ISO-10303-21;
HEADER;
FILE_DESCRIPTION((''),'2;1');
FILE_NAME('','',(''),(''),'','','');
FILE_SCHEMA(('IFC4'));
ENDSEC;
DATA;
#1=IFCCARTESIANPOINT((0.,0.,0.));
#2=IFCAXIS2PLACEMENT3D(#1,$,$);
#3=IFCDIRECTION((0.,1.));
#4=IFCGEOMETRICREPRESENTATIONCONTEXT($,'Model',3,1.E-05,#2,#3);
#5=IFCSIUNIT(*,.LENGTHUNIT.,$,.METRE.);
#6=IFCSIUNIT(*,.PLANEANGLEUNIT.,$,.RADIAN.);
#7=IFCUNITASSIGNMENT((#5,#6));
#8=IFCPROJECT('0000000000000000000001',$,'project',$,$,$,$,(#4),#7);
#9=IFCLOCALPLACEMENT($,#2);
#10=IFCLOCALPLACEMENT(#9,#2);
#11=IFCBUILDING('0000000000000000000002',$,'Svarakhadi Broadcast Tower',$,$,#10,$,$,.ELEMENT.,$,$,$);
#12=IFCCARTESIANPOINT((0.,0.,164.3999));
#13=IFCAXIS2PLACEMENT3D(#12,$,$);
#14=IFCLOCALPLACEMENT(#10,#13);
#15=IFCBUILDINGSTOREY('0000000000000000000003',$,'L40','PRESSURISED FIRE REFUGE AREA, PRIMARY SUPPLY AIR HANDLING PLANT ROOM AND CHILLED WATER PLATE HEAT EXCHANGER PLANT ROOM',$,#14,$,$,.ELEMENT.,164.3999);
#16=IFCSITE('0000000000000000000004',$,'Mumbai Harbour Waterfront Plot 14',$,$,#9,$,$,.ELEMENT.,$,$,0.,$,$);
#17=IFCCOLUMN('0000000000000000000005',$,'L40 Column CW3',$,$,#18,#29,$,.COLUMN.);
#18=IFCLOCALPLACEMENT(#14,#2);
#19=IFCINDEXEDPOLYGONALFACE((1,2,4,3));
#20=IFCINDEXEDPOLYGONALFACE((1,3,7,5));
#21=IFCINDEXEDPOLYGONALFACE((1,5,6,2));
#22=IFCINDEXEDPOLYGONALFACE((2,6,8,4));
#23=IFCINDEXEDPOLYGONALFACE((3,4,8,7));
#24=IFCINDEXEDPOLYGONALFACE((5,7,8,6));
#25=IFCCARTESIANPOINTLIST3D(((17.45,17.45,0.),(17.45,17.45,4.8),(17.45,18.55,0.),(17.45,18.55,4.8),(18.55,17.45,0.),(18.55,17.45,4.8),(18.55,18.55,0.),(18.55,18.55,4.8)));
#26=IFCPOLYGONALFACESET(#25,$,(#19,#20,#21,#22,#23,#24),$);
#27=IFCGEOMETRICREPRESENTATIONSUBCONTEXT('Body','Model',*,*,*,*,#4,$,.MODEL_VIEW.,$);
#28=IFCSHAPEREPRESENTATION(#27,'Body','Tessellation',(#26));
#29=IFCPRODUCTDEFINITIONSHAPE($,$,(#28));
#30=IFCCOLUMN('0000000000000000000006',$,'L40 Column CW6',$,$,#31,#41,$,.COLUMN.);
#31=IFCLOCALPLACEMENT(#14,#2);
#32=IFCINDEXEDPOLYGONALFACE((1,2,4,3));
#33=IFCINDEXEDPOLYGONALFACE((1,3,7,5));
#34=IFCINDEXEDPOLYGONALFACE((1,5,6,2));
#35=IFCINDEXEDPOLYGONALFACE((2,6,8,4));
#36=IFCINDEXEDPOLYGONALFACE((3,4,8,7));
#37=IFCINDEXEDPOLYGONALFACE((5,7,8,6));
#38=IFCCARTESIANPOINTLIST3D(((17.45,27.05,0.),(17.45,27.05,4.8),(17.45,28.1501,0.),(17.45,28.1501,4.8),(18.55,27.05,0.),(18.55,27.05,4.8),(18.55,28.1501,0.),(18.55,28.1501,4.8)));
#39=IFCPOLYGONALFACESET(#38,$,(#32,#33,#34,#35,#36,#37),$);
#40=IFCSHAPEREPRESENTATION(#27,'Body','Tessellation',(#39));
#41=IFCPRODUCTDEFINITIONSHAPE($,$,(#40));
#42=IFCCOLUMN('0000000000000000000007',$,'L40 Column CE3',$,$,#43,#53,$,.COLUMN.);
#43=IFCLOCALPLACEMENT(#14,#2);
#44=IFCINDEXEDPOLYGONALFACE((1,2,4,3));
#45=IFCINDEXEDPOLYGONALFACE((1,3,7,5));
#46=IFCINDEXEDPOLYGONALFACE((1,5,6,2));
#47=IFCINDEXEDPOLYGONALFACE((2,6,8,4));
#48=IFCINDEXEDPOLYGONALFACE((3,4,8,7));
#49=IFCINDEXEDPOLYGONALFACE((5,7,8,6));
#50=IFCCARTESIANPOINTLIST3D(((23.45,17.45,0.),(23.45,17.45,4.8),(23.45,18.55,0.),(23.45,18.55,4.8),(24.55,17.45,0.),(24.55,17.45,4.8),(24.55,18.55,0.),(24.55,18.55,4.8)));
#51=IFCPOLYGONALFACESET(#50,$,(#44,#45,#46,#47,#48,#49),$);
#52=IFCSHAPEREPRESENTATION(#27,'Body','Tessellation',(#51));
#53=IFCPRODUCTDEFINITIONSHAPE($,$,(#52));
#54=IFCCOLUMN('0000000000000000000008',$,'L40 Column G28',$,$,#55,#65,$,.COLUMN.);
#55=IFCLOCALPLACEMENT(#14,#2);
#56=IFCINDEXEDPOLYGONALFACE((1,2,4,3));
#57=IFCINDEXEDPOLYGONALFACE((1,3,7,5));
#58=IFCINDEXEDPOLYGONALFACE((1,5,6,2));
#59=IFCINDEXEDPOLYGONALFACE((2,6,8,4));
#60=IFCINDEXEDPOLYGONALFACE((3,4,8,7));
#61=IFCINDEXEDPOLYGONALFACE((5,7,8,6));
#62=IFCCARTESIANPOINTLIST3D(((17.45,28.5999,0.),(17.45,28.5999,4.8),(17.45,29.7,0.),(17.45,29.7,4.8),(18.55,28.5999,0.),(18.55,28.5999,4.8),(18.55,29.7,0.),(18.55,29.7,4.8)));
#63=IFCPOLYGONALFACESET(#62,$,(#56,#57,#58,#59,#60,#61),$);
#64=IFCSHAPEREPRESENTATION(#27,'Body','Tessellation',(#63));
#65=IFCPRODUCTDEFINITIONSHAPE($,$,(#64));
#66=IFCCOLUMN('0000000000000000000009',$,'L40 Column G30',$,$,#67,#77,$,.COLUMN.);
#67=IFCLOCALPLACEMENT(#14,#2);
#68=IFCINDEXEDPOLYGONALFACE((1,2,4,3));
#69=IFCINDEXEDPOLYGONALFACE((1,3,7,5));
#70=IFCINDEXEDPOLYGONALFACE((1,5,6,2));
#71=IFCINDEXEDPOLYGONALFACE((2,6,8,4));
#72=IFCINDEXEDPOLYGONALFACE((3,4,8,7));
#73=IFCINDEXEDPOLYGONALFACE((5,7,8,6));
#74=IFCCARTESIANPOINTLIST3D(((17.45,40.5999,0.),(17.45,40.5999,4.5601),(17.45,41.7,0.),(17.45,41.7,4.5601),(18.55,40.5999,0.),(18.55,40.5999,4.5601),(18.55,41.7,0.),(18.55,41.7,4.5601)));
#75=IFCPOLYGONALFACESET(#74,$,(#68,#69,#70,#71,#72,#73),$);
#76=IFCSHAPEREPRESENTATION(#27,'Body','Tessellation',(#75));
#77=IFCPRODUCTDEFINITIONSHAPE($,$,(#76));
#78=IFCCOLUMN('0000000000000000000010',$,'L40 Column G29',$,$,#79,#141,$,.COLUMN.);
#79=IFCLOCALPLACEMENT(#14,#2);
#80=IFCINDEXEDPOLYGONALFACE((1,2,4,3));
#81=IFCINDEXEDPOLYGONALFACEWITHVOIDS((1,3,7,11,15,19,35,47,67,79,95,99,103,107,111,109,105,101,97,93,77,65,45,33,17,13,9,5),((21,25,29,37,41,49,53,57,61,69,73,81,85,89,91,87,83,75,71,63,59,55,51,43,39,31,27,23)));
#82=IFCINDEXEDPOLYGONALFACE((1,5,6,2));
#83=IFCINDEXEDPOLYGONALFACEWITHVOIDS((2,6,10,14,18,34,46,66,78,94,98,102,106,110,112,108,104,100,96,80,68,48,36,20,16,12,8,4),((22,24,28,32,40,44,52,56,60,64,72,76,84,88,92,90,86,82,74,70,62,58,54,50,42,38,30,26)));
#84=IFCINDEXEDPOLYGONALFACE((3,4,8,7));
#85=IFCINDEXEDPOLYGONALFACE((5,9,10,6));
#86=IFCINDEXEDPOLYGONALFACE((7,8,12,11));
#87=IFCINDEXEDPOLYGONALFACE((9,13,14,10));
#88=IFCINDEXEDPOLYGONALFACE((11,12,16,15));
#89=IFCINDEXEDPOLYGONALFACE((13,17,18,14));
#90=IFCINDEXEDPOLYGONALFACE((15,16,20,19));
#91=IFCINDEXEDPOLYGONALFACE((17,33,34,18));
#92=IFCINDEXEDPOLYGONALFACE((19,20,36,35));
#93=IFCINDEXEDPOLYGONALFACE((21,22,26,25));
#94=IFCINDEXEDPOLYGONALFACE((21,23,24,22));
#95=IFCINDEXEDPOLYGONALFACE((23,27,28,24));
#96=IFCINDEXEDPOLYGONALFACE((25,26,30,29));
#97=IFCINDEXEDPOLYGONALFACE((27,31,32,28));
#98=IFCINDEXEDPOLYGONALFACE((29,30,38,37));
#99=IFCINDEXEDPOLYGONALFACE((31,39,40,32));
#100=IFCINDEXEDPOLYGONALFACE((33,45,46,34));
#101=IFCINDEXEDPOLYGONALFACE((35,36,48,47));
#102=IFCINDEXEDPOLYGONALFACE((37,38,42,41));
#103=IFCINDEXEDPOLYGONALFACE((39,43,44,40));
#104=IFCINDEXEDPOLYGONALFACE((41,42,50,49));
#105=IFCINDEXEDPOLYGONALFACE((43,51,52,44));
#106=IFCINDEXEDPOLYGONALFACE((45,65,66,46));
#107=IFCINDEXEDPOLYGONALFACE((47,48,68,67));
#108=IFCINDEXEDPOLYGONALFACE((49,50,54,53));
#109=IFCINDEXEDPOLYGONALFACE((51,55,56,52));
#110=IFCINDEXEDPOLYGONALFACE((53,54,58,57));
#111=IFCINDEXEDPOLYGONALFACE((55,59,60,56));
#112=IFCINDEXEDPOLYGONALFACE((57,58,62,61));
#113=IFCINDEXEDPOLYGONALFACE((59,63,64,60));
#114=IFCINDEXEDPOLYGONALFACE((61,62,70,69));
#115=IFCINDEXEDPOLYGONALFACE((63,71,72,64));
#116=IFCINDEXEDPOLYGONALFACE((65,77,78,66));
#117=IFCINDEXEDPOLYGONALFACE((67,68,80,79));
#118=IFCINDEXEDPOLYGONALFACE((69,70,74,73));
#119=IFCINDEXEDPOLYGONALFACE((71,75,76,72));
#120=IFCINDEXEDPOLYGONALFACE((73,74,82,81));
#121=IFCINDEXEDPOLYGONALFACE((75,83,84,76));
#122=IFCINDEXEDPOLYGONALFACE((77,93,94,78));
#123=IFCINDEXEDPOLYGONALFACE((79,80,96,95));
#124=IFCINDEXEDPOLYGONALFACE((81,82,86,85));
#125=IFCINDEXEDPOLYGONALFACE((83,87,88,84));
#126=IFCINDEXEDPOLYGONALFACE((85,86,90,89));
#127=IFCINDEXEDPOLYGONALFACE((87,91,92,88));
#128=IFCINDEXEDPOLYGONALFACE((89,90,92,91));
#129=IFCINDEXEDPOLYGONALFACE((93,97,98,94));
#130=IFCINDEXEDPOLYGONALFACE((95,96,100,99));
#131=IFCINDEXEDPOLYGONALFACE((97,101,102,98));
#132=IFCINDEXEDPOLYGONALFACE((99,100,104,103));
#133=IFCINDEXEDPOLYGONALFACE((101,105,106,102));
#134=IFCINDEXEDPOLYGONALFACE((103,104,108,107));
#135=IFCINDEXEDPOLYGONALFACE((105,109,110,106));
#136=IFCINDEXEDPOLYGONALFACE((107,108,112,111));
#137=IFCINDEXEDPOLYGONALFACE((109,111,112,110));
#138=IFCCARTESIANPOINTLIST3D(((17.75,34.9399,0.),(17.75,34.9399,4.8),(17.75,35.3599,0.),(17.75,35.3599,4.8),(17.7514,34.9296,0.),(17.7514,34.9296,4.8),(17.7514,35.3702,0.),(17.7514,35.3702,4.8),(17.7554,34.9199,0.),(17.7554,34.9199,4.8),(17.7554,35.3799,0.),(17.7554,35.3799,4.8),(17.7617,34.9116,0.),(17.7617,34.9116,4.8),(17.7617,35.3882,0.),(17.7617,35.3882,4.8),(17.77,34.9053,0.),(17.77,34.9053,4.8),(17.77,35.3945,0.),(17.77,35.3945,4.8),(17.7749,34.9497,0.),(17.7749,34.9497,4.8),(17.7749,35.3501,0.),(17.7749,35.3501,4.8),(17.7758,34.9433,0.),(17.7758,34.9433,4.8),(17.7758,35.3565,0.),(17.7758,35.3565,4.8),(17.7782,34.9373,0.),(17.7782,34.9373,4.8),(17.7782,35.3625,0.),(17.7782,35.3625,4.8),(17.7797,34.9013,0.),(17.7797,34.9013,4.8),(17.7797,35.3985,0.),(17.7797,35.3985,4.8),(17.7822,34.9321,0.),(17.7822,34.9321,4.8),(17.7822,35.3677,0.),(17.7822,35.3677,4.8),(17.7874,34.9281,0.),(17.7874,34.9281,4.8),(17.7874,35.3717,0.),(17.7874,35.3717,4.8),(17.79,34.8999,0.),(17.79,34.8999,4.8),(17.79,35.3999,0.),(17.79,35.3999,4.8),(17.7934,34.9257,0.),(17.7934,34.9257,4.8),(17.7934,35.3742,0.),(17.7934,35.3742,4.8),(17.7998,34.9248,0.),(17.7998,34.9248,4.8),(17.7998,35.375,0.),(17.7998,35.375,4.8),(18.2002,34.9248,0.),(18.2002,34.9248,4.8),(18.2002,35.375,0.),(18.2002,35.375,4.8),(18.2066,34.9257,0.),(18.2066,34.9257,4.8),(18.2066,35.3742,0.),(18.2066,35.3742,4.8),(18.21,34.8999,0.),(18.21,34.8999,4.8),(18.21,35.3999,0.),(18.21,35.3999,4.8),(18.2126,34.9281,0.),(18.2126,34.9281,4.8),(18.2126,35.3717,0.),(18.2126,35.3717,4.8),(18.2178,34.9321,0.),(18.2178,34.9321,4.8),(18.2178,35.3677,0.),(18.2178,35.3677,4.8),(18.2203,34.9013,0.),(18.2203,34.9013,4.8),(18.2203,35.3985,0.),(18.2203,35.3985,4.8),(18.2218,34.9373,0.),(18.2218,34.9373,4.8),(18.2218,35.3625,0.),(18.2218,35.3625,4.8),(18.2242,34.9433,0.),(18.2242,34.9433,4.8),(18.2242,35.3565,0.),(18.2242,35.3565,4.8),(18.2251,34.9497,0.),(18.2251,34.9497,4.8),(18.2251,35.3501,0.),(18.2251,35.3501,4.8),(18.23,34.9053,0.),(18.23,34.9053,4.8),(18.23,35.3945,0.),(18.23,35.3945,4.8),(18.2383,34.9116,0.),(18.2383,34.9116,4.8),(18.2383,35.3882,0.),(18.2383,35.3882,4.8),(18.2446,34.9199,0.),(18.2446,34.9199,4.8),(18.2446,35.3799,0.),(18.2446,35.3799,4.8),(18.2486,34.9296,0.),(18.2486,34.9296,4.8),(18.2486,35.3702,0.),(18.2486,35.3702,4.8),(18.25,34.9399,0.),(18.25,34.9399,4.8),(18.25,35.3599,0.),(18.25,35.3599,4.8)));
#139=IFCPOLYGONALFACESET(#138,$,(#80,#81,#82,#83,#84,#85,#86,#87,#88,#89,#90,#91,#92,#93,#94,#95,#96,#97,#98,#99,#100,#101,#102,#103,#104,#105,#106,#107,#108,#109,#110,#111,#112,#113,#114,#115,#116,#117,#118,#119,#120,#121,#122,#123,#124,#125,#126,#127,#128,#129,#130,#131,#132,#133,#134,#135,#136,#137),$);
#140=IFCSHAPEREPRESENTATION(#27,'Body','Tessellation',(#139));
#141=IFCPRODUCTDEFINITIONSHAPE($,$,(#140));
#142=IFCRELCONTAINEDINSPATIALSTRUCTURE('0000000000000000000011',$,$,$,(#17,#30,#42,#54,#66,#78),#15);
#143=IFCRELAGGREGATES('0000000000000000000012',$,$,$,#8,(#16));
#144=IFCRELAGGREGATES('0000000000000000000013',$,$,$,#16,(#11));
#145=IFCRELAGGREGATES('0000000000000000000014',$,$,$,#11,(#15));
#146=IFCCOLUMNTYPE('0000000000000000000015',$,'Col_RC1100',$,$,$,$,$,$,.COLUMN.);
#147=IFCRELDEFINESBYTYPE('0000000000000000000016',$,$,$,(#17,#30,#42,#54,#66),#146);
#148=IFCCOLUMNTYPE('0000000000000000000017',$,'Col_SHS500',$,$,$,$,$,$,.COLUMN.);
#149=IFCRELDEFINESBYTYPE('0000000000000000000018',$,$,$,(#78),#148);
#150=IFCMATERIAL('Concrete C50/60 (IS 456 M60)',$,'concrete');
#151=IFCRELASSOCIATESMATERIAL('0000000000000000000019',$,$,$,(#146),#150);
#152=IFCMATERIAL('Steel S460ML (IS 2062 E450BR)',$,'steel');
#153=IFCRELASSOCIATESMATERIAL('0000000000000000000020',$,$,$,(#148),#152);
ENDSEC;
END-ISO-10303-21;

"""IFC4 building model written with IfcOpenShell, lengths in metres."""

from ifc_helpers import new_model, si_unit, direction, frame, origin, origin_2d, place, context, subcontext, project, spatial, rectangle, hollow_rectangle, extrude, material, material_profile, profile_set, type_object, element, save


model = new_model("IFC4")

# Units and contexts
model_context = context("Model", 3, precision=1e-05, world=origin(), true_north=direction((0.0, 1.0)))
body_context = subcontext(model_context, "Body", "Model", "MODEL_VIEW")
ifc_project = project(units=[si_unit("LENGTHUNIT", "METRE"), si_unit("PLANEANGLEUNIT", "RADIAN")], contexts=[model_context])

# Site, building, storey
site_placement = place(None, origin())
site = spatial("IfcSite", under=ifc_project, at=site_placement, Name="Mumbai Harbour Waterfront Plot 14", CompositionType="ELEMENT", RefElevation=0.0)
building_placement = place(site_placement, origin())
building = spatial("IfcBuilding", under=site, at=building_placement, Name="Svarakhadi Broadcast Tower", CompositionType="ELEMENT")
storey_placement = place(building_placement, frame((0.0, 0.0, 164.3999)))
storey = spatial("IfcBuildingStorey", under=building, at=storey_placement, Name="L40", Description="PRESSURISED FIRE REFUGE AREA, PRIMARY SUPPLY AIR HANDLING PLANT ROOM AND CHILLED WATER PLATE HEAT EXCHANGER PLANT ROOM", CompositionType="ELEMENT", Elevation=164.3999)

# Columns
ifc_material_1 = material(Name="Concrete C50/60 (IS 456 M60)", Category="concrete")
ifc_material_profile_1 = material_profile(ifc_material_1, rectangle(XDim=1.1001, YDim=1.1001, at=origin_2d()), Name="RC 1100x1100")
ifc_profile_set_1 = profile_set([ifc_material_profile_1], Name="Concrete C50/60 (IS 456 M60)")
column_type_1 = type_object("IfcColumnType", Name="Col_RC1100", PredefinedType="COLUMN", material=ifc_profile_set_1)
for number, where, z_axis, x_axis, name in (
    (1, (18.0, 18.0, 0.0), (0.0, 0.0, 1.0), (1.0, 0.0, 0.0), "L40 Column CW3"),
    (2, (18.0, 27.6001, 0.0), (0.0, 0.0, 1.0), (1.0, 0.0, 0.0), "L40 Column CW6"),
    (3, (24.0, 18.0, 0.0), (0.0, 0.0, 1.0), (1.0, 0.0, 0.0), "L40 Column CE3"),
    (4, (18.0, 29.1499, 0.0), (0.0, 0.0, 1.0), (1.0, 0.0, 0.0), "L40 Column G28"),
):
    element("IfcColumn", number, at=place(storey_placement, frame(where, z_axis=z_axis, x_axis=x_axis)), inside=storey, type_object=column_type_1, Name=name, PredefinedType="COLUMN", context=body_context, shape_type="SweptSolid", body=[
        extrude(rectangle(XDim=1.1001, YDim=1.1001, at=origin_2d()), origin(), (0.0, 0.0, 1.0), 4.8),
    ])
column_1_placement = place(storey_placement, frame((18.0, 41.1499, 0.0), z_axis=(0.0, 0.0, 1.0), x_axis=(1.0, 0.0, 0.0)))
element("IfcColumn", 5, at=column_1_placement, inside=storey, type_object=column_type_1, Name="L40 Column G30", PredefinedType="COLUMN", context=body_context, shape_type="SweptSolid", body=[
    extrude(rectangle(XDim=1.1001, YDim=1.1001, at=origin_2d()), origin(), (0.0, 0.0, 1.0), 4.5601),
])
ifc_material_2 = material(Name="Steel S460ML (IS 2062 E450BR)", Category="steel")
ifc_material_profile_2 = material_profile(ifc_material_2, hollow_rectangle(XDim=0.5, YDim=0.5, WallThickness=0.0249, InnerFilletRadius=0.0249, OuterFilletRadius=0.04, at=origin_2d()), Name="SHS 500x500x25")
ifc_profile_set_2 = profile_set([ifc_material_profile_2], Name="Steel S460ML (IS 2062 E450BR)")
column_type_2 = type_object("IfcColumnType", Name="Col_SHS500", PredefinedType="COLUMN", material=ifc_profile_set_2)
column_2_placement = place(storey_placement, frame((18.0, 35.1499, 0.0), z_axis=(0.0, 0.0, 1.0), x_axis=(1.0, 0.0, 0.0)))
element("IfcColumn", 6, at=column_2_placement, inside=storey, type_object=column_type_2, Name="L40 Column G29", PredefinedType="COLUMN", context=body_context, shape_type="SweptSolid", body=[
    extrude(hollow_rectangle(XDim=0.5, YDim=0.5, WallThickness=0.0249, InnerFilletRadius=0.0249, OuterFilletRadius=0.04, at=origin_2d()), origin(), (0.0, 0.0, 1.0), 4.8),
])

save(model, "model.ifc")
